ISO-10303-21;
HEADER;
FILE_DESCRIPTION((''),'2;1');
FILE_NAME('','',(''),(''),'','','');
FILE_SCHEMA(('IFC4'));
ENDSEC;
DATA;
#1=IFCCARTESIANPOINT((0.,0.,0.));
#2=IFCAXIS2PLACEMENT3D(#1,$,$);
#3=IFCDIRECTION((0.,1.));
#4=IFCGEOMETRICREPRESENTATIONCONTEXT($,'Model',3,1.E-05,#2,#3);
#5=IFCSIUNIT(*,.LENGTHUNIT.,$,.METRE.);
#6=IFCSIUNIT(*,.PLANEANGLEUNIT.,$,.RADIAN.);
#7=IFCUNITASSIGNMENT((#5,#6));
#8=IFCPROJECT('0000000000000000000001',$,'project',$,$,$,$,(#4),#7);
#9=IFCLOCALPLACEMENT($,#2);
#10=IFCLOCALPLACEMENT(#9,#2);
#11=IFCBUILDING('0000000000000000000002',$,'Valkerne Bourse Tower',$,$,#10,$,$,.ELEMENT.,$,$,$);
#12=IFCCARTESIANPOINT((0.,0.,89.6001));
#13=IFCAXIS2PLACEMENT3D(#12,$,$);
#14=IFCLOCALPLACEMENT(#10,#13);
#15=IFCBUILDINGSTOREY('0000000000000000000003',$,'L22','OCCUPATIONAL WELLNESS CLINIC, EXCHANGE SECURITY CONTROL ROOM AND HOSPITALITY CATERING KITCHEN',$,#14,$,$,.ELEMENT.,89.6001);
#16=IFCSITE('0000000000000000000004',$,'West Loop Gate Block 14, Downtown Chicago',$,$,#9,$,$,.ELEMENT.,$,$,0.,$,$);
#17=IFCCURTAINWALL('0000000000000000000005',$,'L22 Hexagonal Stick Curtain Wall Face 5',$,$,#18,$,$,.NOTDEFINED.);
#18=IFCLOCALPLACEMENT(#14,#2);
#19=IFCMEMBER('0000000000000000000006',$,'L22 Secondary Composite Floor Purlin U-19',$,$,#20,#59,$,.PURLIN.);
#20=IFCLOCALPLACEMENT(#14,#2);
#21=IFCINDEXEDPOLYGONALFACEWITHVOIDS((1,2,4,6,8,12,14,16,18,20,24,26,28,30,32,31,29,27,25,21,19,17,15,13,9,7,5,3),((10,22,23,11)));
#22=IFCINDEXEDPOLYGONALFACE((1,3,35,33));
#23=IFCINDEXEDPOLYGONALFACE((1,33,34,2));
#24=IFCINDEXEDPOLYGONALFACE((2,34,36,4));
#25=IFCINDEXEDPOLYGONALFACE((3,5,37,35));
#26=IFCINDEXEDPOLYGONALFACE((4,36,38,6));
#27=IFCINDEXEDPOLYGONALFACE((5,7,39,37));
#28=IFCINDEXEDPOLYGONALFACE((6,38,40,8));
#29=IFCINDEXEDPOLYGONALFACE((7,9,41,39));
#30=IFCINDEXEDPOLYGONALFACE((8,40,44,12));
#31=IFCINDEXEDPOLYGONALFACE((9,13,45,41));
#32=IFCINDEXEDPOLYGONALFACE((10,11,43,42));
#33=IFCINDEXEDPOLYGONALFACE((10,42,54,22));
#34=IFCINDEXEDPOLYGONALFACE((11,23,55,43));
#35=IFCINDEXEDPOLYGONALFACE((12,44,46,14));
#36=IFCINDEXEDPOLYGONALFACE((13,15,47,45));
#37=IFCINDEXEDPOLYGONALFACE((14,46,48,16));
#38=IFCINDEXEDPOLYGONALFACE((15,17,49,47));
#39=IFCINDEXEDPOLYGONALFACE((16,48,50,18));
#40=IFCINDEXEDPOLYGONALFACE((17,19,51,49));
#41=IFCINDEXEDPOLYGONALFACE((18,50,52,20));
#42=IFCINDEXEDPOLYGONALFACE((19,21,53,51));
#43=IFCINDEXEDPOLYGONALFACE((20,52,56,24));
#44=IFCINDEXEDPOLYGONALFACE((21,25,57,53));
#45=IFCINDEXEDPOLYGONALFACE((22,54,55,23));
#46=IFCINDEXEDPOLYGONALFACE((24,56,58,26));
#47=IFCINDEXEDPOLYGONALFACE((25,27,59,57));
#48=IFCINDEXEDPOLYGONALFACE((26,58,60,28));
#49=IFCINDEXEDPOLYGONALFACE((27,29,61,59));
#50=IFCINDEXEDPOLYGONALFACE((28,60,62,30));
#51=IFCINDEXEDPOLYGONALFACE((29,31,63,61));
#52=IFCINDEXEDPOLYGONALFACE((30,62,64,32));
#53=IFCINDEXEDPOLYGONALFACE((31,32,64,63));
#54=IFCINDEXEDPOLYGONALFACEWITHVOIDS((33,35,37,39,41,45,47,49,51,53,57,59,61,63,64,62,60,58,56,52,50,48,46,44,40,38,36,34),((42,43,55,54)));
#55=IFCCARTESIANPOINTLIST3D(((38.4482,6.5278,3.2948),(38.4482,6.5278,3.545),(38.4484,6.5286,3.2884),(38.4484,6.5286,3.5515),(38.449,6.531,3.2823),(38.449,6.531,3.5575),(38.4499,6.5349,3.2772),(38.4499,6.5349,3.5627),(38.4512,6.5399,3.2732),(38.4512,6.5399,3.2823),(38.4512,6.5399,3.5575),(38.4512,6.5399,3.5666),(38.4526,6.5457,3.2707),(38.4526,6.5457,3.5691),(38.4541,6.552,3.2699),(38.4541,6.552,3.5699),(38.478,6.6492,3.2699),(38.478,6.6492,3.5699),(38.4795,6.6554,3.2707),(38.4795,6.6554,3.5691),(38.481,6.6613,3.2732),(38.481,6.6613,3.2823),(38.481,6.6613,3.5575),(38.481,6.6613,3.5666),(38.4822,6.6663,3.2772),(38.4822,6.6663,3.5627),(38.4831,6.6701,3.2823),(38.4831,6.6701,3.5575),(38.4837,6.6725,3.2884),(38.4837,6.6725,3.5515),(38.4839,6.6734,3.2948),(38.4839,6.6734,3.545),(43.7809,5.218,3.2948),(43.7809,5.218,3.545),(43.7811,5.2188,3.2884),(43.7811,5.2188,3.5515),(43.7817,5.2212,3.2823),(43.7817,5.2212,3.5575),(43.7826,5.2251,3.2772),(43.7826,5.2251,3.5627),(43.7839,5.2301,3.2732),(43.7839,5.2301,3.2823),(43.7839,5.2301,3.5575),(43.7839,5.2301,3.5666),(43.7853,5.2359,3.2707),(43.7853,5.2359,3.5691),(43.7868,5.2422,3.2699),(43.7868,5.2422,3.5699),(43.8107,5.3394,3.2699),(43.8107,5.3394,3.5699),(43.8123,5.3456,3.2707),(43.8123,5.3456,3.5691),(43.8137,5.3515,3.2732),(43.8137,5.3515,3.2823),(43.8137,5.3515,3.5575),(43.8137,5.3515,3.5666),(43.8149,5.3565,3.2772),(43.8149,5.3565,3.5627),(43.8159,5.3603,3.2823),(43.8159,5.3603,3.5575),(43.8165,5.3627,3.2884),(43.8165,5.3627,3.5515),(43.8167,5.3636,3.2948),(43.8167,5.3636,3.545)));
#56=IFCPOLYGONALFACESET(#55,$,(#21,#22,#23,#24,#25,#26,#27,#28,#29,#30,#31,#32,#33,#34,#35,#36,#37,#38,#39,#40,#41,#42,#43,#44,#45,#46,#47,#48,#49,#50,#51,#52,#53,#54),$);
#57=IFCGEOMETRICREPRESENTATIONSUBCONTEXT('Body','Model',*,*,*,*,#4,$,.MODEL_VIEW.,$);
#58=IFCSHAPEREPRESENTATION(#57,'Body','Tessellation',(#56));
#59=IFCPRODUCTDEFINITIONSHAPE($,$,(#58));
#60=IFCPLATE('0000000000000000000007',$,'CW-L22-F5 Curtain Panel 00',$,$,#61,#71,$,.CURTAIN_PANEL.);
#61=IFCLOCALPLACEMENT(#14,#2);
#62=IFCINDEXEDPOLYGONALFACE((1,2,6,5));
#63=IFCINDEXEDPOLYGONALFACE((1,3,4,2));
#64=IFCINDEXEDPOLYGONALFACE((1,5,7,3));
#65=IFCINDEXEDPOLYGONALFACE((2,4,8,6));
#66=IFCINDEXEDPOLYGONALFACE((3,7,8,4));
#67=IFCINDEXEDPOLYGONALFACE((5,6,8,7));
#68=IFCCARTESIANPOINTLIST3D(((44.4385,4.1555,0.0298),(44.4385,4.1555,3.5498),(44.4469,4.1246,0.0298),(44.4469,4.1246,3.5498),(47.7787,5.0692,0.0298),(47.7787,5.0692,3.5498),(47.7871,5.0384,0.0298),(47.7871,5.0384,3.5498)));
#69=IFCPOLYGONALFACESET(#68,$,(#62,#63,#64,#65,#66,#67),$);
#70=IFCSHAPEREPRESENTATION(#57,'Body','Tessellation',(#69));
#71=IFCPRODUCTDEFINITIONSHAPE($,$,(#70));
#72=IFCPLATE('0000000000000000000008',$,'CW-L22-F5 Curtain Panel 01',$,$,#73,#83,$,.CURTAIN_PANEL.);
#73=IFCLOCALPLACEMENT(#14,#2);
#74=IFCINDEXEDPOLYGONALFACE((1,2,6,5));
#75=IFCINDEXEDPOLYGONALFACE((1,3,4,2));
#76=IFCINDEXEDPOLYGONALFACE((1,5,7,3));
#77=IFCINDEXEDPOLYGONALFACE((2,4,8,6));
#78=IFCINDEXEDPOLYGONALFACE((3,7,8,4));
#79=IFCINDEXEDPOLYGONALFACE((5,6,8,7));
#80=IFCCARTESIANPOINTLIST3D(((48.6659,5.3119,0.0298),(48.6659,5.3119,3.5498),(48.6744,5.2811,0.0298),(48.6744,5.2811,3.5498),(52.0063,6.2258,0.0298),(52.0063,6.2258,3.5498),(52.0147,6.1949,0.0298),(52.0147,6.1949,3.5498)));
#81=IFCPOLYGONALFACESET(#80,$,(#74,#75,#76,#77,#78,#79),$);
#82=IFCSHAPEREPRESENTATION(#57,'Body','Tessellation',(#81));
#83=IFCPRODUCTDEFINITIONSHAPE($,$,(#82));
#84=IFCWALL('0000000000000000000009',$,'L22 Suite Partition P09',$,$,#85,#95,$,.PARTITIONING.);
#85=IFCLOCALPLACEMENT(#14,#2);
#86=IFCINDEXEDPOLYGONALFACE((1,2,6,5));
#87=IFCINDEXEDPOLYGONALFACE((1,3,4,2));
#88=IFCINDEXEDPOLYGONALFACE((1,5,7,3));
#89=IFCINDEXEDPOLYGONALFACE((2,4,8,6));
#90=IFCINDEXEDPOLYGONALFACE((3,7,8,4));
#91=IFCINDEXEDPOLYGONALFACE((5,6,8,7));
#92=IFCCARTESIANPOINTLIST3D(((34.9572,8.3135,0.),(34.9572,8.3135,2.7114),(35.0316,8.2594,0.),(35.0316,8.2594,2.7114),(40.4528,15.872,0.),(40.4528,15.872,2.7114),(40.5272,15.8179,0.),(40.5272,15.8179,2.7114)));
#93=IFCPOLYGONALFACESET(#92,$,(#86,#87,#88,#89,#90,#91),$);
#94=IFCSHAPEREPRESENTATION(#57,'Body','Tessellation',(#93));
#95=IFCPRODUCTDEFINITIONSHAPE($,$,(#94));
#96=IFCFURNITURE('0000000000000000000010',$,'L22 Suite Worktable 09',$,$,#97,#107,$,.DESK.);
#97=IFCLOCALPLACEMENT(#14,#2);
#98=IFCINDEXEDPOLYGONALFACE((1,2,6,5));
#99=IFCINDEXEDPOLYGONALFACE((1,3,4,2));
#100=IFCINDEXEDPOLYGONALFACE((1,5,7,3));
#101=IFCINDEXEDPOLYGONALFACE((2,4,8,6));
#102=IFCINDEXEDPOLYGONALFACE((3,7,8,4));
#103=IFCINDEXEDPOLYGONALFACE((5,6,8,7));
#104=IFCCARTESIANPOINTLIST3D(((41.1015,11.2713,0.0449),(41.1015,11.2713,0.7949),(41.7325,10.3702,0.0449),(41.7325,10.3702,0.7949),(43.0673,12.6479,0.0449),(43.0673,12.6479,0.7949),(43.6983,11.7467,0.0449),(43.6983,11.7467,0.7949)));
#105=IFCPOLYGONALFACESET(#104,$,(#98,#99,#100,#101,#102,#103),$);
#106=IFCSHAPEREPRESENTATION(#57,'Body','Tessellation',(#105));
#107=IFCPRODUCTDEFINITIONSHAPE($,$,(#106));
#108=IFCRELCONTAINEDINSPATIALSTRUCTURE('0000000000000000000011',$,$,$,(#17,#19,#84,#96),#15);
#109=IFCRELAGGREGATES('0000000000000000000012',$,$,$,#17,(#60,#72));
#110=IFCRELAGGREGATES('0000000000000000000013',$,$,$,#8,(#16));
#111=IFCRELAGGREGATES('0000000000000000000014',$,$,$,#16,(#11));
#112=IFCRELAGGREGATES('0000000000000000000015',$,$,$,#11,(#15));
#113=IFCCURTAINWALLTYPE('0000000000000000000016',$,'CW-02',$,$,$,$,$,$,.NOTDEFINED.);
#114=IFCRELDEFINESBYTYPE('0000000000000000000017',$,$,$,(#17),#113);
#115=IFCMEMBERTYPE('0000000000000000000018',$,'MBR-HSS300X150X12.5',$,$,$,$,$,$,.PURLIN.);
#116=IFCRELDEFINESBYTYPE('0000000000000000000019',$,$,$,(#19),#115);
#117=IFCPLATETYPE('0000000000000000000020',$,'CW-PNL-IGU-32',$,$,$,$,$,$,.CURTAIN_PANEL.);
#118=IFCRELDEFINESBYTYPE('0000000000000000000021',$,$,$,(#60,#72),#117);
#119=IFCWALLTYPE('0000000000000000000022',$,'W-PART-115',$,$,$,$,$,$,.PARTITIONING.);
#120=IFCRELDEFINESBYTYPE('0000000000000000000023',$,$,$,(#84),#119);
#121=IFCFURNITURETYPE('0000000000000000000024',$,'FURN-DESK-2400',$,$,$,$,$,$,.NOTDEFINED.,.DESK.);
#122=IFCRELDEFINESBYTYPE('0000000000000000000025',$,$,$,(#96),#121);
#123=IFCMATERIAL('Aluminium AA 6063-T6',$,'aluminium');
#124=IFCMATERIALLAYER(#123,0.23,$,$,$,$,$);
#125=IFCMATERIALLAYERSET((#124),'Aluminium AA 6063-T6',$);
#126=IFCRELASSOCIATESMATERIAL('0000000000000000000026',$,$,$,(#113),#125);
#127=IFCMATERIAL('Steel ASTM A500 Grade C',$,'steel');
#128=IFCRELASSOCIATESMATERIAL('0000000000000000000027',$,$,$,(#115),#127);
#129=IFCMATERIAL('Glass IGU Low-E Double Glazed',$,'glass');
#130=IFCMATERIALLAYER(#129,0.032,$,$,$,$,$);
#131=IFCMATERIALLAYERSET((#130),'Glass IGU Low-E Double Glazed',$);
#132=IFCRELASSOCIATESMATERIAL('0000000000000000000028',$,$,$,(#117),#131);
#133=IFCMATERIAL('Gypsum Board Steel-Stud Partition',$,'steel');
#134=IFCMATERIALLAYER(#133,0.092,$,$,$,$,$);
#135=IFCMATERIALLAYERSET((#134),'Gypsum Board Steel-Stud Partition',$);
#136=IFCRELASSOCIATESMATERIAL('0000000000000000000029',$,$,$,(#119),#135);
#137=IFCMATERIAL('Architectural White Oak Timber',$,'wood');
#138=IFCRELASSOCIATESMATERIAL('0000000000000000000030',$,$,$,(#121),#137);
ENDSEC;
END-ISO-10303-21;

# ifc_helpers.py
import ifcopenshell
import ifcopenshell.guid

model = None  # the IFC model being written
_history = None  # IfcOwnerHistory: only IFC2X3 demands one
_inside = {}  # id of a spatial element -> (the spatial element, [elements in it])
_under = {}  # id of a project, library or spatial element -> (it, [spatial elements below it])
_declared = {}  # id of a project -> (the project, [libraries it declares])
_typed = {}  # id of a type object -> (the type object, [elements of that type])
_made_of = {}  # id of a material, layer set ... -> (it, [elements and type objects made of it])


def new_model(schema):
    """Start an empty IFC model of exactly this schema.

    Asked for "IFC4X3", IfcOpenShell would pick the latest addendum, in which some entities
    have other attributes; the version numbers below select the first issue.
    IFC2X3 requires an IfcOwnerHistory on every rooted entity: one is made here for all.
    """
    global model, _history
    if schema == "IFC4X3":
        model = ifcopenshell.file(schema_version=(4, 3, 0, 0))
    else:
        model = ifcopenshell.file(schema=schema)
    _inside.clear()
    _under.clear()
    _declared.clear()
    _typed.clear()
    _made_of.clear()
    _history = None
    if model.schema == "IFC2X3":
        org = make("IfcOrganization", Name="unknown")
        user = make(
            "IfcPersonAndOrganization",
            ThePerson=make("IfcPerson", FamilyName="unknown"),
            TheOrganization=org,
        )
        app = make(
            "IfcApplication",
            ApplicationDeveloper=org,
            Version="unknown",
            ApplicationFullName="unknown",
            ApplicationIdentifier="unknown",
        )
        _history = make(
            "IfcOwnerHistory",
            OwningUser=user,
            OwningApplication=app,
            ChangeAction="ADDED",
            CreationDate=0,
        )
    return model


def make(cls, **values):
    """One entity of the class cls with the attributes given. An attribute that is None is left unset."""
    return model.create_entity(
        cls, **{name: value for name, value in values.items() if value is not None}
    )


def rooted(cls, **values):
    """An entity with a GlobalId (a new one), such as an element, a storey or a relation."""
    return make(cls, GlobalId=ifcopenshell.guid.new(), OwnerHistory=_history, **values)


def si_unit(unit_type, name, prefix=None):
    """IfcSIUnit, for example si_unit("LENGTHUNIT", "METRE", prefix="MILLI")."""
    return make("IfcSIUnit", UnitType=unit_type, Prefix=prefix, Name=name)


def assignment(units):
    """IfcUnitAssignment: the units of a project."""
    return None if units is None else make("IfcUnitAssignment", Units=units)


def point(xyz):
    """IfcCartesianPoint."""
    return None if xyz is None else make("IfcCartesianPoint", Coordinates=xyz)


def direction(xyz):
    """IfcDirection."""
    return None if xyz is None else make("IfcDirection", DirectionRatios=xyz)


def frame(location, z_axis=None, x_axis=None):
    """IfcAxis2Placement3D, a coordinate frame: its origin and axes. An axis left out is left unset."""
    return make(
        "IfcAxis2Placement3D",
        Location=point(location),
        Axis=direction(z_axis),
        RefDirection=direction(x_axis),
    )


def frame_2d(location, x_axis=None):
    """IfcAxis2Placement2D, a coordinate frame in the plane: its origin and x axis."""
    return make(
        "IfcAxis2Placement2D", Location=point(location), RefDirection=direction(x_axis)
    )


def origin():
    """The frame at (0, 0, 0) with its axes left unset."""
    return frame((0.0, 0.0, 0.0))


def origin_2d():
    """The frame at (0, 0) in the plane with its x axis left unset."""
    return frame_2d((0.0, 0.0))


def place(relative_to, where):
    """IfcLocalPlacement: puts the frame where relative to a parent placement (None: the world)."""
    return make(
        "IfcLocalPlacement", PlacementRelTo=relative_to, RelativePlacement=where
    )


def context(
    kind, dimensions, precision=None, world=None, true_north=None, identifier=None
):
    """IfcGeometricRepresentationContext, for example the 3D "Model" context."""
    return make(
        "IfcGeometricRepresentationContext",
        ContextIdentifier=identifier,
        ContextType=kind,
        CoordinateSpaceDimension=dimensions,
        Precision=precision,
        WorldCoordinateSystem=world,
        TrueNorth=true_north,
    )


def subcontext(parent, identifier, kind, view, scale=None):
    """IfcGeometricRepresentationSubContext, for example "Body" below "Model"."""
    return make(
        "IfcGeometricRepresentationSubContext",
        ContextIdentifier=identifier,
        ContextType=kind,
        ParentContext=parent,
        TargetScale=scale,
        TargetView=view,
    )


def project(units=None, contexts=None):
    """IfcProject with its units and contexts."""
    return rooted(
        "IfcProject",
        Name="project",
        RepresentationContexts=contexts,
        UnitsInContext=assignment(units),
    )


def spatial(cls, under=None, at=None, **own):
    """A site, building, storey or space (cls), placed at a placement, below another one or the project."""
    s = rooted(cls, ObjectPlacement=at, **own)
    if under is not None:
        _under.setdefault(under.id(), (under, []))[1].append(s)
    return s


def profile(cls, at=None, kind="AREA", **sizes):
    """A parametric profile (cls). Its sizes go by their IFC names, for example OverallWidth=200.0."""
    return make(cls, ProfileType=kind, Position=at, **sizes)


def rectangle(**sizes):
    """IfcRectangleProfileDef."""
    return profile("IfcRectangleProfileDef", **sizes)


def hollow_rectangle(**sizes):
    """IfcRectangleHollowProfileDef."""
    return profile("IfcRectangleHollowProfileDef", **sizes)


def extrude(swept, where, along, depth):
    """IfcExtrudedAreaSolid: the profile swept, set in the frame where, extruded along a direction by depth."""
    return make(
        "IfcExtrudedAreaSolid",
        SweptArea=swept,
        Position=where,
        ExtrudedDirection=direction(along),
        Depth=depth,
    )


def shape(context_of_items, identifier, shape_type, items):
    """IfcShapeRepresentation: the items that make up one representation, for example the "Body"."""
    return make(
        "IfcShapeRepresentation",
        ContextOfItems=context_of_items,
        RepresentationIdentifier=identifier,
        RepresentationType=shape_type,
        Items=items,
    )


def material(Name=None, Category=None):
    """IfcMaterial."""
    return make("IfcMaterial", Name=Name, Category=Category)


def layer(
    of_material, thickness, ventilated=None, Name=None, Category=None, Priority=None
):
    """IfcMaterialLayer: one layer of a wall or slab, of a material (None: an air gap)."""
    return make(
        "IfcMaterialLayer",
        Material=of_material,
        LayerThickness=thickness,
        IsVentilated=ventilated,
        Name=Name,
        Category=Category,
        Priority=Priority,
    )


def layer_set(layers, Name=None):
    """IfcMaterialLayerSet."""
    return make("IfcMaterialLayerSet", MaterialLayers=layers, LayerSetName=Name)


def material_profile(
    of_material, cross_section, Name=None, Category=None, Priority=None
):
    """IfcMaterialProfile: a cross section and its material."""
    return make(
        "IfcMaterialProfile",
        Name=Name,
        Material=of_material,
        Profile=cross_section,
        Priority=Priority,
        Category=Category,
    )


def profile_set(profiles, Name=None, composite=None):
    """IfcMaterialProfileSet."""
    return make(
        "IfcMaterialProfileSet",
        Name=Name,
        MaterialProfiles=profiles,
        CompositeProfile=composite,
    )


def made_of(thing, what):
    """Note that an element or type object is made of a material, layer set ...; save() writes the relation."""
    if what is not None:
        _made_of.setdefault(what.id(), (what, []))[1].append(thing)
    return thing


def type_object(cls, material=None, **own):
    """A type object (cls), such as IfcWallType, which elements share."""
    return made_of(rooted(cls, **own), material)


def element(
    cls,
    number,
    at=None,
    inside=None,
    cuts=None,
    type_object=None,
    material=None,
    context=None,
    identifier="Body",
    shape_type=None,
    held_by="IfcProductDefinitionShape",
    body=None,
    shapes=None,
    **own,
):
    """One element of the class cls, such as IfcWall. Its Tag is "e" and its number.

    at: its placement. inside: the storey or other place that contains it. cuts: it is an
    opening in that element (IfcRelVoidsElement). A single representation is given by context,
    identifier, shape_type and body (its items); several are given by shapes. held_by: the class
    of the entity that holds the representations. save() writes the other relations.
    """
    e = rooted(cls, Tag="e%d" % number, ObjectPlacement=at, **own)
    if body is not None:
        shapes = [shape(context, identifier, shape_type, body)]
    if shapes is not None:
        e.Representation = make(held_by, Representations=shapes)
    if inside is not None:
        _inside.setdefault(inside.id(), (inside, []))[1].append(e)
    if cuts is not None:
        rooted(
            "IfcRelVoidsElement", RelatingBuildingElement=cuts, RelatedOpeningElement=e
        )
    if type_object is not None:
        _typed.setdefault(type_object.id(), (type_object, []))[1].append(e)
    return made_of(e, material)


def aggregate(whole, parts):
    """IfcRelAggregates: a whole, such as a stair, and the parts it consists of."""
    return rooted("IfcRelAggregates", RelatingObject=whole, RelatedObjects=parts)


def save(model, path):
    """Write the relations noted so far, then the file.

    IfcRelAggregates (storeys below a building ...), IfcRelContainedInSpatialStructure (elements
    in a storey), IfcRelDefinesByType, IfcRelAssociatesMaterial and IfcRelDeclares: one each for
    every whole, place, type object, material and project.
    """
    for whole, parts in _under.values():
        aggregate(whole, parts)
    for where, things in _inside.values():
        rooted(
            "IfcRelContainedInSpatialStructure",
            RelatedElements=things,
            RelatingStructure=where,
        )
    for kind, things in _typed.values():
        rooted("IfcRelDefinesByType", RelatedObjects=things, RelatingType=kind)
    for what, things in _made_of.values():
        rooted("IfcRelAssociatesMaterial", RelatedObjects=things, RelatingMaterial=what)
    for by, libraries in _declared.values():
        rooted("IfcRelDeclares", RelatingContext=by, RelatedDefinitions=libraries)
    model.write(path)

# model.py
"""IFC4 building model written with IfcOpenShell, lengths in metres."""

from ifc_helpers import new_model, si_unit, direction, frame, frame_2d, origin, origin_2d, place, context, subcontext, project, spatial, rectangle, hollow_rectangle, extrude, material, layer, layer_set, material_profile, profile_set, type_object, element, aggregate, save


model = new_model("IFC4")

# Units and contexts
model_context = context("Model", 3, precision=1e-05, world=origin(), true_north=direction((0.0, 1.0)))
body_context = subcontext(model_context, "Body", "Model", "MODEL_VIEW")
ifc_project = project(units=[si_unit("LENGTHUNIT", "METRE"), si_unit("PLANEANGLEUNIT", "RADIAN")], contexts=[model_context])

# Site, building, storey
site_placement = place(None, origin())
site = spatial("IfcSite", under=ifc_project, at=site_placement, Name="West Loop Gate Block 14, Downtown Chicago", CompositionType="ELEMENT", RefElevation=0.0)
building_placement = place(site_placement, origin())
building = spatial("IfcBuilding", under=site, at=building_placement, Name="Valkerne Bourse Tower", CompositionType="ELEMENT")
storey_placement = place(building_placement, frame((0.0, 0.0, 89.6001)))
storey = spatial("IfcBuildingStorey", under=building, at=storey_placement, Name="L22", Description="OCCUPATIONAL WELLNESS CLINIC, EXCHANGE SECURITY CONTROL ROOM AND HOSPITALITY CATERING KITCHEN", CompositionType="ELEMENT", Elevation=89.6001)

# Curtain wall
ifc_material_1 = material(Name="Aluminium AA 6063-T6", Category="aluminium")
ifc_layer_1 = layer(ifc_material_1, 0.23)
ifc_layer_set_1 = layer_set([ifc_layer_1], Name="Aluminium AA 6063-T6")
curtain_wall_type = type_object("IfcCurtainWallType", Name="CW-02", PredefinedType="NOTDEFINED", material=ifc_layer_set_1)
curtain_wall_placement = place(storey_placement, origin())
curtain_wall = element("IfcCurtainWall", 1, at=curtain_wall_placement, inside=storey, type_object=curtain_wall_type, Name="L22 Hexagonal Stick Curtain Wall Face 5", PredefinedType="NOTDEFINED")

# Member
ifc_material_2 = material(Name="Steel ASTM A500 Grade C", Category="steel")
ifc_material_profile_1 = material_profile(ifc_material_2, hollow_rectangle(XDim=0.1499, YDim=0.3, WallThickness=0.0125, OuterFilletRadius=0.0249, at=origin_2d()), Name="HSS300X150X12.5")
ifc_profile_set_1 = profile_set([ifc_material_profile_1], Name="Steel ASTM A500 Grade C")
member_type_1 = type_object("IfcMemberType", Name="MBR-HSS300X150X12.5", PredefinedType="PURLIN", material=ifc_profile_set_1)
member_1_placement = place(storey_placement, frame((38.4661, 6.6006, 3.4199), z_axis=(0.971136, -0.238527, 0.0), x_axis=(0.238527, 0.971136, 0.0)))
element("IfcMember", 2, at=member_1_placement, inside=storey, type_object=member_type_1, Name="L22 Secondary Composite Floor Purlin U-19", PredefinedType="PURLIN", context=body_context, shape_type="SweptSolid", body=[
    extrude(hollow_rectangle(XDim=0.1499, YDim=0.3, WallThickness=0.0125, OuterFilletRadius=0.0249, at=origin_2d()), origin(), (0.0, 0.0, 1.0), 5.4912),
])

# Plates
ifc_material_3 = material(Name="Glass IGU Low-E Double Glazed", Category="glass")
ifc_layer_2 = layer(ifc_material_3, 0.032)
ifc_layer_set_2 = layer_set([ifc_layer_2], Name="Glass IGU Low-E Double Glazed")
plate_type = type_object("IfcPlateType", Name="CW-PNL-IGU-32", PredefinedType="CURTAIN_PANEL", material=ifc_layer_set_2)
plate_1_placement = place(storey_placement, frame((46.1128, 4.5969, 0.0298), z_axis=(0.0, 0.0, 1.0), x_axis=(0.96456, 0.263864, 0.0)))
plate_1 = element("IfcPlate", 3, at=plate_1_placement, type_object=plate_type, Name="CW-L22-F5 Curtain Panel 00", PredefinedType="CURTAIN_PANEL", context=body_context, shape_type="SweptSolid", body=[
    extrude(rectangle(XDim=3.4629, YDim=0.032, at=origin_2d()), origin(), (0.0, 0.0, 1.0), 3.52),
])
plate_2_placement = place(storey_placement, frame((50.3403, 5.7534, 0.0298), z_axis=(0.0, 0.0, 1.0), x_axis=(0.964556, 0.26388, 0.0)))
plate_2 = element("IfcPlate", 4, at=plate_2_placement, type_object=plate_type, Name="CW-L22-F5 Curtain Panel 01", PredefinedType="CURTAIN_PANEL", context=body_context, shape_type="SweptSolid", body=[
    extrude(rectangle(XDim=3.4631, YDim=0.032, at=origin_2d()), origin(), (0.0, 0.0, 1.0), 3.52),
])
aggregate(curtain_wall, [plate_1, plate_2])

# Wall
ifc_material_4 = material(Name="Gypsum Board Steel-Stud Partition", Category="steel")
ifc_layer_3 = layer(ifc_material_4, 0.092)
ifc_layer_set_3 = layer_set([ifc_layer_3], Name="Gypsum Board Steel-Stud Partition")
wall_type = type_object("IfcWallType", Name="W-PART-115", PredefinedType="PARTITIONING", material=ifc_layer_set_3)
wall_placement = place(storey_placement, frame((40.49, 15.845, 0.0), z_axis=(0.0, 0.0, 1.0), x_axis=(-0.588063, -0.808815, 0.0)))
element("IfcWall", 5, at=wall_placement, inside=storey, type_object=wall_type, Name="L22 Suite Partition P09", PredefinedType="PARTITIONING", context=body_context, shape_type="SweptSolid", body=[
    extrude(rectangle(XDim=9.3452, YDim=0.092, at=frame_2d((4.6726, 0.0))), origin(), (0.0, 0.0, 1.0), 2.7114),
])

# Furniture
ifc_material_5 = material(Name="Architectural White Oak Timber", Category="wood")
furniture_type = type_object("IfcFurnitureType", Name="FURN-DESK-2400", AssemblyPlace="NOTDEFINED", PredefinedType="DESK", material=ifc_material_5)
furniture_placement = place(storey_placement, frame((42.3999, 11.509, 0.0449), z_axis=(0.0, 0.0, 1.0), x_axis=(0.819152, 0.573576, 0.0)))
element("IfcFurniture", 6, at=furniture_placement, inside=storey, type_object=furniture_type, Name="L22 Suite Worktable 09", PredefinedType="DESK", context=body_context, shape_type="SweptSolid", body=[
    extrude(rectangle(XDim=2.3999, YDim=1.1001, at=origin_2d()), origin(), (0.0, 0.0, 1.0), 0.75),
])

save(model, "model.ifc")
